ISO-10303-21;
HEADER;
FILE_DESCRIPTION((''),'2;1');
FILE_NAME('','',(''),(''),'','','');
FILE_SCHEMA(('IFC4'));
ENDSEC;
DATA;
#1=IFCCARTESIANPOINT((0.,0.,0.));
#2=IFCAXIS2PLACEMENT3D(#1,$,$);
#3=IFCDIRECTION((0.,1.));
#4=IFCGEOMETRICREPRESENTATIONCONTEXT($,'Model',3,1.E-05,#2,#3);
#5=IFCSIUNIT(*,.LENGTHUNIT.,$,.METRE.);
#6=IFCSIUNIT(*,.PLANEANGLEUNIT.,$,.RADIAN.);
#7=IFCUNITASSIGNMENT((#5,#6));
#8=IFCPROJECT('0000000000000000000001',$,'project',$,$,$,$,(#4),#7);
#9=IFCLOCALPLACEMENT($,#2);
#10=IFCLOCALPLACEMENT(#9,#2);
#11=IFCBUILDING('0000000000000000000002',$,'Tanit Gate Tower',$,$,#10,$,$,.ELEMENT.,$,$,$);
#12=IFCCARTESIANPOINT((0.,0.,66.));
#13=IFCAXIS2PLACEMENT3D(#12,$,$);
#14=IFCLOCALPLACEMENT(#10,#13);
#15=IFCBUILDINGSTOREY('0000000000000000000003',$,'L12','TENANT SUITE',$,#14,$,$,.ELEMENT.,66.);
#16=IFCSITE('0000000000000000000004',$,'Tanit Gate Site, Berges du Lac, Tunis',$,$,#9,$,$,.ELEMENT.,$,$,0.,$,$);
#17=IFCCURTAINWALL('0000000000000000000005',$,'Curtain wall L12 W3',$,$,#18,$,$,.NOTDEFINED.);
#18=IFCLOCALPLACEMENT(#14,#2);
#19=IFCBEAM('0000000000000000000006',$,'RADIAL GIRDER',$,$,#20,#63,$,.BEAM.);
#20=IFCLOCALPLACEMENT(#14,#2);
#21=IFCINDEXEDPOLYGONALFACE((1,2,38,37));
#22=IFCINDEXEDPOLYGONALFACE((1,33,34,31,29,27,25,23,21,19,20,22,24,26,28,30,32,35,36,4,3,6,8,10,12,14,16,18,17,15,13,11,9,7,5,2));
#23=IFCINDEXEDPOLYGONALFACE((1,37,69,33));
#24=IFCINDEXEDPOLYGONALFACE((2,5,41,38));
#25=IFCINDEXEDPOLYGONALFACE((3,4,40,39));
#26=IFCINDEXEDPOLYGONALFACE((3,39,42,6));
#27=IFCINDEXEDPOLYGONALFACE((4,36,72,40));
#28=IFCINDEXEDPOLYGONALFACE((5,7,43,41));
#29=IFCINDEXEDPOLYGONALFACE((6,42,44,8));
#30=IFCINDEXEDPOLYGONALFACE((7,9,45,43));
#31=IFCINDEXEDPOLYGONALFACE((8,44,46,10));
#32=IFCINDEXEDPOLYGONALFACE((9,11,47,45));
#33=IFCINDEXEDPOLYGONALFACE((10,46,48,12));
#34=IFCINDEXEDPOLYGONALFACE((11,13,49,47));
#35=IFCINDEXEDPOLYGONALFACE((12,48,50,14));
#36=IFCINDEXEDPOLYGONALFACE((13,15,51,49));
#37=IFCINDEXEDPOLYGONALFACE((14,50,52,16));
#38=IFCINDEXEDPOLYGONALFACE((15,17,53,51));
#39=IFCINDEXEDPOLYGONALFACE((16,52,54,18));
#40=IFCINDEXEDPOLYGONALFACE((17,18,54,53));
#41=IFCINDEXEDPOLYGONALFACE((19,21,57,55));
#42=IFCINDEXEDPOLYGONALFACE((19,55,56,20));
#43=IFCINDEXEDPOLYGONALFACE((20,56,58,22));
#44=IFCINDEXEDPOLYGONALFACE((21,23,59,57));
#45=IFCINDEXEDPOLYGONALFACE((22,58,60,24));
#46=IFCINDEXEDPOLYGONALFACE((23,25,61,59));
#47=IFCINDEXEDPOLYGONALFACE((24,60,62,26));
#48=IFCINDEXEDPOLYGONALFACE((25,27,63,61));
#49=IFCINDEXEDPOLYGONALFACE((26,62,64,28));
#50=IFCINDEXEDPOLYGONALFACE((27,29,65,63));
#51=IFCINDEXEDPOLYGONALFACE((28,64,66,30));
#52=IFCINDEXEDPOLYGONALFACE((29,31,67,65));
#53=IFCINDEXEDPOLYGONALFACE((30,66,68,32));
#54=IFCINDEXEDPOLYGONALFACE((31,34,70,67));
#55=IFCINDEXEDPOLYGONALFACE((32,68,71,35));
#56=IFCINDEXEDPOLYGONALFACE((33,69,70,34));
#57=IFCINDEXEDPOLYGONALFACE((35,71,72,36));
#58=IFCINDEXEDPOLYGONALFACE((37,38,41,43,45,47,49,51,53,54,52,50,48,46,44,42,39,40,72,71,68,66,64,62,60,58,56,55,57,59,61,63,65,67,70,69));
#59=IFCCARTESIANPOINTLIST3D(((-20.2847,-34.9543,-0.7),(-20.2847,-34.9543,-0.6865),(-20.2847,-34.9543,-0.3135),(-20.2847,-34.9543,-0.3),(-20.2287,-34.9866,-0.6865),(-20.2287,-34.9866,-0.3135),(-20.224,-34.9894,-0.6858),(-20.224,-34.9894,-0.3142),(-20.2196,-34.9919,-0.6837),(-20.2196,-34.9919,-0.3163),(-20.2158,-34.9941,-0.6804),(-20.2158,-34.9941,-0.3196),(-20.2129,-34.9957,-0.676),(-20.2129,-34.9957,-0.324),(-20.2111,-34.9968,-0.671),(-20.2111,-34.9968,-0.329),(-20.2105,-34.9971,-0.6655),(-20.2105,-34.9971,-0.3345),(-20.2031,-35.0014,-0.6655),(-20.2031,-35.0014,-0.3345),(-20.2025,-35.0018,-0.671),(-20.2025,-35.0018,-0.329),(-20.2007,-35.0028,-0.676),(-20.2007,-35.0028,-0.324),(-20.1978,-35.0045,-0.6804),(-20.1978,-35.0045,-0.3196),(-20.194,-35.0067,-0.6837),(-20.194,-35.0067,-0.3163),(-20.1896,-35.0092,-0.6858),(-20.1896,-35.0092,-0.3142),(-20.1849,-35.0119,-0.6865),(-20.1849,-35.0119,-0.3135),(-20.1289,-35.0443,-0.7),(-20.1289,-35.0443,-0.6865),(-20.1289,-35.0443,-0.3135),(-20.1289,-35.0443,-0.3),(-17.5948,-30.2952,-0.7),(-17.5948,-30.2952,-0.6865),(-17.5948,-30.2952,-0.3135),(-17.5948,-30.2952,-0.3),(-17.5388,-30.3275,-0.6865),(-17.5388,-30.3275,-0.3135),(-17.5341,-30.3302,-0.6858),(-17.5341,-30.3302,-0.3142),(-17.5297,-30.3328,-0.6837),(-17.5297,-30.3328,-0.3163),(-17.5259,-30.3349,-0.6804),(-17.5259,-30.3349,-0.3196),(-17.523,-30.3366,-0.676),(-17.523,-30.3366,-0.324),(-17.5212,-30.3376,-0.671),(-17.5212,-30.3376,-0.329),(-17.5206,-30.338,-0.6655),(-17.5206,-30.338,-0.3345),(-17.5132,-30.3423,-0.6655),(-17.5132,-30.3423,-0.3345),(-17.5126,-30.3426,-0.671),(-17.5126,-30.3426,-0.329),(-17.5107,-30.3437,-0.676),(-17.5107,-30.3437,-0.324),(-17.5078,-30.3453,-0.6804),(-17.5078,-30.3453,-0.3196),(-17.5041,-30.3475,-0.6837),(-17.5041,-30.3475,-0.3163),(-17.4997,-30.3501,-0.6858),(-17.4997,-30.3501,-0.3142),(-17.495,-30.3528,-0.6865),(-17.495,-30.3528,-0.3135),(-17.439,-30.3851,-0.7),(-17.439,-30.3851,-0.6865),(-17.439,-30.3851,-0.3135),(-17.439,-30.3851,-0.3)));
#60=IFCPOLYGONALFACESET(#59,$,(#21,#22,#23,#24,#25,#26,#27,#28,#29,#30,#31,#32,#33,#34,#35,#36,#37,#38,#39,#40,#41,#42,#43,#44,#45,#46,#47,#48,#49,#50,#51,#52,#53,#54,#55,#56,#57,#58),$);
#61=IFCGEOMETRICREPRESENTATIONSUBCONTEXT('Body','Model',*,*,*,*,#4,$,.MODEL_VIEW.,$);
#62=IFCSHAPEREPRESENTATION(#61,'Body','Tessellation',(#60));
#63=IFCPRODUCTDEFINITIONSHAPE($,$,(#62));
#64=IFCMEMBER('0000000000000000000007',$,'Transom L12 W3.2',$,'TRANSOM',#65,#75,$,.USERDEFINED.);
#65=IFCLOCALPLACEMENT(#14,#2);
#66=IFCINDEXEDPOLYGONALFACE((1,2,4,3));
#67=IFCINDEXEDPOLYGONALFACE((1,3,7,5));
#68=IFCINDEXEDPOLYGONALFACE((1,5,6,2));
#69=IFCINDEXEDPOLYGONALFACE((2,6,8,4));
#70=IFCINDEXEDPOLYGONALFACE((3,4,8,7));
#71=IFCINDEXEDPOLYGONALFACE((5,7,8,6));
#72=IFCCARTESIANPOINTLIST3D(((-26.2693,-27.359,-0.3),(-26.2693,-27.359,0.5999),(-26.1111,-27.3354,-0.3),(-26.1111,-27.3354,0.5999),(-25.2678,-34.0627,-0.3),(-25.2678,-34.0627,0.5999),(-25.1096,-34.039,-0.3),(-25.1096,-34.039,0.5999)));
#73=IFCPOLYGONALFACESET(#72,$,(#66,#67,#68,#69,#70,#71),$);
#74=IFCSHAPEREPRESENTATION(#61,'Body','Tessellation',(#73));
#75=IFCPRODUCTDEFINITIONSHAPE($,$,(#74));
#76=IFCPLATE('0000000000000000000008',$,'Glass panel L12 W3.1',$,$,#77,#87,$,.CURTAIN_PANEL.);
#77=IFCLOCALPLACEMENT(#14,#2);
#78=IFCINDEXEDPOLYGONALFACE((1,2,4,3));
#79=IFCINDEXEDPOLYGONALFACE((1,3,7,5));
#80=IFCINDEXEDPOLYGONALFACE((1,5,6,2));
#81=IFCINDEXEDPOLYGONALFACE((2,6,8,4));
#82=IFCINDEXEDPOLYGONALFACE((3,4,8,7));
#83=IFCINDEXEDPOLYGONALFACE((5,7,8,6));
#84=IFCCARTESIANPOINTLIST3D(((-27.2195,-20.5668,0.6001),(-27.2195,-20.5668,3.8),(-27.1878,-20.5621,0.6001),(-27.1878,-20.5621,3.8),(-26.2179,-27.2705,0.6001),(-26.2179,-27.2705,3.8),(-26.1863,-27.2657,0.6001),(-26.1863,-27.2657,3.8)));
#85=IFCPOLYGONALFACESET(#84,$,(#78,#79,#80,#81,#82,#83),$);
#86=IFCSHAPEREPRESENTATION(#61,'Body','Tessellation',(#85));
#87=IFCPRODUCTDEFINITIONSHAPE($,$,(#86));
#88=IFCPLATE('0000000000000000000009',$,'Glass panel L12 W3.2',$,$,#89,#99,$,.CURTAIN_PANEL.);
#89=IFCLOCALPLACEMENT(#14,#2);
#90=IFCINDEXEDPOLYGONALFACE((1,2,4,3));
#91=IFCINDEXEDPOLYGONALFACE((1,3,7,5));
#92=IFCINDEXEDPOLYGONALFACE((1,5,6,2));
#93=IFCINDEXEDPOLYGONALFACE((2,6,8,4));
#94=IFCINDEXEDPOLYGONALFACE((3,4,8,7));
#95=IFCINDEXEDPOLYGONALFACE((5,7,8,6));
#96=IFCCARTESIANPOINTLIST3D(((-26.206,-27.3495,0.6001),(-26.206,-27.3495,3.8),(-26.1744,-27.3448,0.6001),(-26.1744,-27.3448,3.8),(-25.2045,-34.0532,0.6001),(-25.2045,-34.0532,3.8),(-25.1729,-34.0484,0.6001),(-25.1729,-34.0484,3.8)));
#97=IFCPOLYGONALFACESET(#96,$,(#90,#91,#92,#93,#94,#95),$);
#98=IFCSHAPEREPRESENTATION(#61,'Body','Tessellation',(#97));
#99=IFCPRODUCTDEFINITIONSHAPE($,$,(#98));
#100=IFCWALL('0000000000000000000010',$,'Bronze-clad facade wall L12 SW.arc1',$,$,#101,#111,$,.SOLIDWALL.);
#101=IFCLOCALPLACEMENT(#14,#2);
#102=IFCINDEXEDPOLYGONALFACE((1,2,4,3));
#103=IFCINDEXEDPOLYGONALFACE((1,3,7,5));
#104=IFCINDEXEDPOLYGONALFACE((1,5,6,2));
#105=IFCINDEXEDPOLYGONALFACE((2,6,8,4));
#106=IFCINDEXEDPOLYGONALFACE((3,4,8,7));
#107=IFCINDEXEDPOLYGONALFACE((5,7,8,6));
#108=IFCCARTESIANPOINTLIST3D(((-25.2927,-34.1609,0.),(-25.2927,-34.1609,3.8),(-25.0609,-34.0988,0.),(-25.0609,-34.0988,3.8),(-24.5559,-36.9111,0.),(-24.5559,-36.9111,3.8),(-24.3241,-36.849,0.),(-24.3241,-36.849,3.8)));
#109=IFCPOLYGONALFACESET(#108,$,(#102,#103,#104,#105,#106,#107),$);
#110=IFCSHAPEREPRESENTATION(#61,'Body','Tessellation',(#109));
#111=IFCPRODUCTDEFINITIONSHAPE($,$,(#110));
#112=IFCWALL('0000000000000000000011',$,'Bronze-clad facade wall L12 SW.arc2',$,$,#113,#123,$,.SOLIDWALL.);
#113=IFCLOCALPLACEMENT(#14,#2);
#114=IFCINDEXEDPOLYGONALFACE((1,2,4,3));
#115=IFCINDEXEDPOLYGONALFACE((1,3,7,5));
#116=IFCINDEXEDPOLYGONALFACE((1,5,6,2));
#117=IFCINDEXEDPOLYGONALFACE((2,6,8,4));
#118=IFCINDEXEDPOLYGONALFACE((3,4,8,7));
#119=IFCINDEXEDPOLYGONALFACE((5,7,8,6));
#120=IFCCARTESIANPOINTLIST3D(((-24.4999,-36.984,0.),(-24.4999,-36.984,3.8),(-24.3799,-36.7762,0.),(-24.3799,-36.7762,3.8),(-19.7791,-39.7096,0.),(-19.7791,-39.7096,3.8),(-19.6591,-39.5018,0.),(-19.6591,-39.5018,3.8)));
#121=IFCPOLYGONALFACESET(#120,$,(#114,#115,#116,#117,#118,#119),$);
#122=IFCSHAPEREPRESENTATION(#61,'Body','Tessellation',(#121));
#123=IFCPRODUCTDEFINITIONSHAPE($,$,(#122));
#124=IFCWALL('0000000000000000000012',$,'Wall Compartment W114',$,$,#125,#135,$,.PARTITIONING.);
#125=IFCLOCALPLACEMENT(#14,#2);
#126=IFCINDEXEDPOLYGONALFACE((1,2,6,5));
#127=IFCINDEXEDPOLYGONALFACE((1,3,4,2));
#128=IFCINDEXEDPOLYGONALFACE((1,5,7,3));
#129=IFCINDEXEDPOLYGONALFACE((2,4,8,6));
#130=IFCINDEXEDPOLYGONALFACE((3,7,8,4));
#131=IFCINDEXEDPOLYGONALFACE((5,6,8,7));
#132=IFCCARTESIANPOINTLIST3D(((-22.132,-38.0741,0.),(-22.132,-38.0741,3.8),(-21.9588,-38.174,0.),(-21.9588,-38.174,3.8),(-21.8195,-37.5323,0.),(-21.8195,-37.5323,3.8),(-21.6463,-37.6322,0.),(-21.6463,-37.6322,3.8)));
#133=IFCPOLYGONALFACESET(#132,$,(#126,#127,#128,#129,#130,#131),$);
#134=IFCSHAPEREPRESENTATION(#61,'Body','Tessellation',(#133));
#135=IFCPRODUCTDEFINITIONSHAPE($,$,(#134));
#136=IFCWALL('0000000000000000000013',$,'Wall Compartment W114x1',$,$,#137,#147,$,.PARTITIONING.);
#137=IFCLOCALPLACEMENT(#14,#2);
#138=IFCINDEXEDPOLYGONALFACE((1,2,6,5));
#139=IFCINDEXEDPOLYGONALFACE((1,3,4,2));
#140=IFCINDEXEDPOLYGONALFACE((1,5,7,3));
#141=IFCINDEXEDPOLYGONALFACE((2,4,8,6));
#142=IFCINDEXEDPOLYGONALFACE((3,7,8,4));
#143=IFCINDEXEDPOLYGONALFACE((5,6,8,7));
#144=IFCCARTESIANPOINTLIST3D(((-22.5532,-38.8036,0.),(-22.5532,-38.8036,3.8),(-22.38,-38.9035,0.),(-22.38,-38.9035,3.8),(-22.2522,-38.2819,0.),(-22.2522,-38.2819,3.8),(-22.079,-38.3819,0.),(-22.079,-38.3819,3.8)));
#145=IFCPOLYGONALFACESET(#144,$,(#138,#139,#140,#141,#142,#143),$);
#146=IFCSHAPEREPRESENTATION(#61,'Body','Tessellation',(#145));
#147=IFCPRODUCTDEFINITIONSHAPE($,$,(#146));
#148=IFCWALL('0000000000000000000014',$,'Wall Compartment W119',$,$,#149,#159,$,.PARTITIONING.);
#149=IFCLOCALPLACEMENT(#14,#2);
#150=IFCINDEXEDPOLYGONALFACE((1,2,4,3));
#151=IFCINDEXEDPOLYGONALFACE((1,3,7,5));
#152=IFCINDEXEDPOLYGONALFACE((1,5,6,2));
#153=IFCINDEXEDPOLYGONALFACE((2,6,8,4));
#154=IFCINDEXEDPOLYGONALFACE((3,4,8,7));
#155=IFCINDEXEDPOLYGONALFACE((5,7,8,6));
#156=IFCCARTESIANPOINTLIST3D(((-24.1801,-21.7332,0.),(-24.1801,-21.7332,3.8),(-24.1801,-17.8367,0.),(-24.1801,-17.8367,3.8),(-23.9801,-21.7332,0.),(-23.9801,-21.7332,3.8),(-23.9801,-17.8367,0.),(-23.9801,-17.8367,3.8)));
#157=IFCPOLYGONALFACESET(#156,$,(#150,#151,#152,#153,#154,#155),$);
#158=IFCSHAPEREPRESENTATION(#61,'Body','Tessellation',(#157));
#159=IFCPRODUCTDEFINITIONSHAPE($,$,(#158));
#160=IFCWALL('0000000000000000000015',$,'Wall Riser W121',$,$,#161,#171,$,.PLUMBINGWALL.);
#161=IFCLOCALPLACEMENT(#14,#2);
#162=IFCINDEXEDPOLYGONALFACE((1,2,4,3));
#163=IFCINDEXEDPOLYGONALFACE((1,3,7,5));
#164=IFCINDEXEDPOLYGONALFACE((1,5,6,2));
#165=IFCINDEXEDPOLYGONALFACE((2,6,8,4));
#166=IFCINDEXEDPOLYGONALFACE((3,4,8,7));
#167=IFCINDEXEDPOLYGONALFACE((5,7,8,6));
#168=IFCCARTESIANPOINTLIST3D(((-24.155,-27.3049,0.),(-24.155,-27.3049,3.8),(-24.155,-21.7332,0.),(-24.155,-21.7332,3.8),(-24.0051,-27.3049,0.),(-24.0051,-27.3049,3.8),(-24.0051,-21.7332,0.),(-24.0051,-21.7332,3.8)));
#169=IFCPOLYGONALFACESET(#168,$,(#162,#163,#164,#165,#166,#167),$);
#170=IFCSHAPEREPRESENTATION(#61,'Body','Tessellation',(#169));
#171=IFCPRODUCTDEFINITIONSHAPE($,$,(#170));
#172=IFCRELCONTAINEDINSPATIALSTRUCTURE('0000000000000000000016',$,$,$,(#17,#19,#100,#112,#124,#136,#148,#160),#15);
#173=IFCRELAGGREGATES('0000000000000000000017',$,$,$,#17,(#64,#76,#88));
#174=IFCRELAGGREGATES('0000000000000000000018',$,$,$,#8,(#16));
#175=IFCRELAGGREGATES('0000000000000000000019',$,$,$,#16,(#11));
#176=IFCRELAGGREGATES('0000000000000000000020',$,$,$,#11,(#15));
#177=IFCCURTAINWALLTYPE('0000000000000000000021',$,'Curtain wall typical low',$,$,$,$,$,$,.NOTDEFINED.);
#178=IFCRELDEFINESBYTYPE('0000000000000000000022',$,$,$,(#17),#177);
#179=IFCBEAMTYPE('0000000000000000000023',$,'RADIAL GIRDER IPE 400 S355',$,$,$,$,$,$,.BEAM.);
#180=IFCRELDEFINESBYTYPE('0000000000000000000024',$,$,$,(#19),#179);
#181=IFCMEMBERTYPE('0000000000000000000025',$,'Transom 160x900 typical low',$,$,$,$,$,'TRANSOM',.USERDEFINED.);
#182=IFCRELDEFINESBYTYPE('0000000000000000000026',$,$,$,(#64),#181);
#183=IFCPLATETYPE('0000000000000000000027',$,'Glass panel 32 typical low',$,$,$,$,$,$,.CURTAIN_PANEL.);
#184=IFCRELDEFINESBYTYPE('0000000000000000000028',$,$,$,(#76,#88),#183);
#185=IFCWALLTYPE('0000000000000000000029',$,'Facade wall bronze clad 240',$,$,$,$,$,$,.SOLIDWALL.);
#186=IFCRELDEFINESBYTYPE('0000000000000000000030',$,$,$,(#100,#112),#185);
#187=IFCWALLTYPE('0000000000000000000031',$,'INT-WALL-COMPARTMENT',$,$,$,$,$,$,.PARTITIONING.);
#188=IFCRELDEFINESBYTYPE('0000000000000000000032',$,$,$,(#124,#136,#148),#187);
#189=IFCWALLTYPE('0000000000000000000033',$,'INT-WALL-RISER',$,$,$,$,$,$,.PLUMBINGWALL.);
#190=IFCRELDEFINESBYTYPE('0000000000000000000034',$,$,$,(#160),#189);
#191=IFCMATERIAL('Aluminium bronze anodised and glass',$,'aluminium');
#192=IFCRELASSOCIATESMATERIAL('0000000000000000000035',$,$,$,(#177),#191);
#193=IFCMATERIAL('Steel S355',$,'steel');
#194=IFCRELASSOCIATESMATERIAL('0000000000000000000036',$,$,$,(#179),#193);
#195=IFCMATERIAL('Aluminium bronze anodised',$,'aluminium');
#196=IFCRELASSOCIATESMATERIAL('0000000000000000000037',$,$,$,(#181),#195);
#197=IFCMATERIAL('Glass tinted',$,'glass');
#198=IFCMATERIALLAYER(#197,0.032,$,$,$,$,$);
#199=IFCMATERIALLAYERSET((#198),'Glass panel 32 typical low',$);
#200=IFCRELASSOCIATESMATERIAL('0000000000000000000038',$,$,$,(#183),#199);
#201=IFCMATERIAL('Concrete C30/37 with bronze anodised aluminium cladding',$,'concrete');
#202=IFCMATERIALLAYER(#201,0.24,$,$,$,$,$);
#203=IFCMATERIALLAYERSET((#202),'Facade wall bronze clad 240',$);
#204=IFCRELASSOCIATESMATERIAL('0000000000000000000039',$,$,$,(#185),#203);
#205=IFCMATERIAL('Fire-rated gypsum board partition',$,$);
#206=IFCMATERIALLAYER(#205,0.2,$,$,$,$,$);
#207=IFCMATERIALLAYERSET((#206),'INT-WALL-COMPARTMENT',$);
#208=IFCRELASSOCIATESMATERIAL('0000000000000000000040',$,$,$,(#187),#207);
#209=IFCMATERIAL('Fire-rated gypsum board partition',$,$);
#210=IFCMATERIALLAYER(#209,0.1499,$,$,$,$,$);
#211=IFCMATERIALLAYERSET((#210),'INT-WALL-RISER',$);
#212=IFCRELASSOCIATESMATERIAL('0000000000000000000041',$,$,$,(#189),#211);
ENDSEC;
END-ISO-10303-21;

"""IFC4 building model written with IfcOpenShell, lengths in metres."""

from ifc_helpers import new_model, si_unit, direction, frame, frame_2d, origin, origin_2d, place, context, subcontext, project, spatial, rectangle, i_section, extrude, material, layer, layer_set, material_profile, profile_set, type_object, element, aggregate, save


model = new_model("IFC4")

# Units and contexts
model_context = context("Model", 3, precision=1e-05, world=origin(), true_north=direction((0.0, 1.0)))
body_context = subcontext(model_context, "Body", "Model", "MODEL_VIEW")
ifc_project = project(units=[si_unit("LENGTHUNIT", "METRE"), si_unit("PLANEANGLEUNIT", "RADIAN")], contexts=[model_context])

# Site, building, storey
site_placement = place(None, origin())
site = spatial("IfcSite", under=ifc_project, at=site_placement, Name="Tanit Gate Site, Berges du Lac, Tunis", CompositionType="ELEMENT", RefElevation=0.0)
building_placement = place(site_placement, origin())
building = spatial("IfcBuilding", under=site, at=building_placement, Name="Tanit Gate Tower", CompositionType="ELEMENT")
storey_placement = place(building_placement, frame((0.0, 0.0, 66.0)))
storey = spatial("IfcBuildingStorey", under=building, at=storey_placement, Name="L12", Description="TENANT SUITE", CompositionType="ELEMENT", Elevation=66.0)

# Curtain wall
ifc_material_1 = material(Name="Aluminium bronze anodised and glass", Category="aluminium")
curtain_wall_type = type_object("IfcCurtainWallType", Name="Curtain wall typical low", PredefinedType="NOTDEFINED", material=ifc_material_1)
curtain_wall_placement = place(storey_placement, origin())
curtain_wall = element("IfcCurtainWall", 1, at=curtain_wall_placement, inside=storey, type_object=curtain_wall_type, Name="Curtain wall L12 W3", PredefinedType="NOTDEFINED")

# Beam
ifc_material_2 = material(Name="Steel S355", Category="steel")
ifc_material_profile_1 = material_profile(ifc_material_2, i_section(OverallWidth=0.1799, OverallDepth=0.3999, WebThickness=0.0085, FlangeThickness=0.0134, FilletRadius=0.021, at=origin_2d()), Name="IPE 400")
ifc_profile_set_1 = profile_set([ifc_material_profile_1], Name="Steel S355")
beam_type_1 = type_object("IfcBeamType", Name="RADIAL GIRDER IPE 400 S355", PredefinedType="BEAM", material=ifc_profile_set_1)
beam_1_placement = place(storey_placement, frame((-20.2068, -34.9993, -0.5), z_axis=(0.499995, 0.866028, 0.0), x_axis=(-0.866028, 0.499995, 0.0)))
element("IfcBeam", 2, at=beam_1_placement, inside=storey, type_object=beam_type_1, Name="RADIAL GIRDER", PredefinedType="BEAM", context=body_context, shape_type="SweptSolid", body=[
    extrude(i_section(OverallWidth=0.1799, OverallDepth=0.3999, WebThickness=0.0085, FlangeThickness=0.0134, FilletRadius=0.021, at=origin_2d()), origin(), (0.0, 0.0, 1.0), 5.3799),
])

# Member
ifc_material_3 = material(Name="Aluminium bronze anodised", Category="aluminium")
ifc_material_profile_2 = material_profile(ifc_material_3, rectangle(XDim=0.1599, YDim=0.8999, at=origin_2d()), Name="160x900 bronze transom")
ifc_profile_set_2 = profile_set([ifc_material_profile_2], Name="Aluminium bronze anodised")
member_type_1 = type_object("IfcMemberType", Name="Transom 160x900 typical low", ElementType="TRANSOM", PredefinedType="USERDEFINED", material=ifc_profile_set_2)
member_1_placement = place(storey_placement, frame((-26.1902, -27.3472, 0.1499), z_axis=(0.147752, -0.989024, 0.0), x_axis=(0.989024, 0.147752, 0.0)))
member_1 = element("IfcMember", 3, at=member_1_placement, type_object=member_type_1, Name="Transom L12 W3.2", ObjectType="TRANSOM", PredefinedType="USERDEFINED", context=body_context, shape_type="SweptSolid", body=[
    extrude(rectangle(XDim=0.1599, YDim=0.8999, at=origin_2d()), origin(), (0.0, 0.0, 1.0), 6.7781),
])

# Plates
ifc_material_4 = material(Name="Glass tinted", Category="glass")
ifc_layer_1 = layer(ifc_material_4, 0.032)
ifc_layer_set_1 = layer_set([ifc_layer_1], Name="Glass panel 32 typical low")
plate_type = type_object("IfcPlateType", Name="Glass panel 32 typical low", PredefinedType="CURTAIN_PANEL", material=ifc_layer_set_1)
plate_1_placement = place(storey_placement, frame((-26.7029, -23.9163, 0.6001), z_axis=(0.0, 0.0, 1.0), x_axis=(0.14776, -0.989023, 0.0)))
plate_1 = element("IfcPlate", 4, at=plate_1_placement, type_object=plate_type, Name="Glass panel L12 W3.1", PredefinedType="CURTAIN_PANEL", context=body_context, shape_type="SweptSolid", body=[
    extrude(rectangle(XDim=6.7781, YDim=0.032, at=origin_2d()), origin(), (0.0, 0.0, 1.0), 3.2),
])
plate_2_placement = place(storey_placement, frame((-25.6895, -30.699, 0.6001), z_axis=(0.0, 0.0, 1.0), x_axis=(0.14776, -0.989023, 0.0)))
plate_2 = element("IfcPlate", 5, at=plate_2_placement, type_object=plate_type, Name="Glass panel L12 W3.2", PredefinedType="CURTAIN_PANEL", context=body_context, shape_type="SweptSolid", body=[
    extrude(rectangle(XDim=6.7781, YDim=0.032, at=origin_2d()), origin(), (0.0, 0.0, 1.0), 3.2),
])
aggregate(curtain_wall, [member_1, plate_1, plate_2])

# Walls
ifc_material_5 = material(Name="Concrete C30/37 with bronze anodised aluminium cladding", Category="concrete")
ifc_layer_2 = layer(ifc_material_5, 0.24)
ifc_layer_set_2 = layer_set([ifc_layer_2], Name="Facade wall bronze clad 240")
wall_type_1 = type_object("IfcWallType", Name="Facade wall bronze clad 240", PredefinedType="SOLIDWALL", material=ifc_layer_set_2)
wall_1_placement = place(storey_placement, frame((-25.1768, -34.1299, 0.0), z_axis=(0.0, 0.0, 1.0), x_axis=(0.258783, -0.965935, 0.0)))
element("IfcWall", 6, at=wall_1_placement, inside=storey, type_object=wall_type_1, Name="Bronze-clad facade wall L12 SW.arc1", PredefinedType="SOLIDWALL", context=body_context, shape_type="SweptSolid", body=[
    extrude(rectangle(XDim=2.8472, YDim=0.24, at=frame_2d((1.4236, 0.0))), origin(), (0.0, 0.0, 1.0), 3.8),
])
wall_2_placement = place(storey_placement, frame((-24.4399, -36.8801, 0.0), z_axis=(0.0, 0.0, 1.0), x_axis=(0.86603, -0.499993, 0.0)))
element("IfcWall", 7, at=wall_2_placement, inside=storey, type_object=wall_type_1, Name="Bronze-clad facade wall L12 SW.arc2", PredefinedType="SOLIDWALL", context=body_context, shape_type="SweptSolid", body=[
    extrude(rectangle(XDim=5.4512, YDim=0.24, at=frame_2d((2.7256, 0.0))), origin(), (0.0, 0.0, 1.0), 3.8),
])
ifc_material_6 = material(Name="Fire-rated gypsum board partition")
ifc_layer_3 = layer(ifc_material_6, 0.2)
ifc_layer_set_3 = layer_set([ifc_layer_3], Name="INT-WALL-COMPARTMENT")
wall_type_2 = type_object("IfcWallType", Name="INT-WALL-COMPARTMENT", PredefinedType="PARTITIONING", material=ifc_layer_set_3)
wall_3_placement = place(storey_placement, frame((-21.7329, -37.5823, 0.0), z_axis=(0.0, 0.0, 1.0), x_axis=(-0.499666, -0.866218, 0.0)))
element("IfcWall", 8, at=wall_3_placement, inside=storey, type_object=wall_type_2, Name="Wall Compartment W114", PredefinedType="PARTITIONING", context=body_context, shape_type="SweptSolid", body=[
    extrude(rectangle(XDim=0.6255, YDim=0.2, at=frame_2d((0.3127, 0.0))), origin(), (0.0, 0.0, 1.0), 3.8),
])
wall_4_placement = place(storey_placement, frame((-22.1655, -38.3318, 0.0), z_axis=(0.0, 0.0, 1.0), x_axis=(-0.499758, -0.866165, 0.0)))
element("IfcWall", 9, at=wall_4_placement, inside=storey, type_object=wall_type_2, Name="Wall Compartment W114x1", PredefinedType="PARTITIONING", context=body_context, shape_type="SweptSolid", body=[
    extrude(rectangle(XDim=0.6023, YDim=0.2, at=frame_2d((0.3013, 0.0))), origin(), (0.0, 0.0, 1.0), 3.8),
])
wall_5_placement = place(storey_placement, frame((-24.0801, -21.7332, 0.0), z_axis=(0.0, 0.0, 1.0), x_axis=(0.0, 1.0, 0.0)))
element("IfcWall", 10, at=wall_5_placement, inside=storey, type_object=wall_type_2, Name="Wall Compartment W119", PredefinedType="PARTITIONING", context=body_context, shape_type="SweptSolid", body=[
    extrude(rectangle(XDim=3.8965, YDim=0.2, at=frame_2d((1.9482, 0.0))), origin(), (0.0, 0.0, 1.0), 3.8),
])
ifc_material_7 = material(Name="Fire-rated gypsum board partition")
ifc_layer_4 = layer(ifc_material_7, 0.1499)
ifc_layer_set_4 = layer_set([ifc_layer_4], Name="INT-WALL-RISER")
wall_type_3 = type_object("IfcWallType", Name="INT-WALL-RISER", PredefinedType="PLUMBINGWALL", material=ifc_layer_set_4)
wall_6_placement = place(storey_placement, frame((-24.0801, -27.3049, 0.0), z_axis=(0.0, 0.0, 1.0), x_axis=(0.0, 1.0, 0.0)))
element("IfcWall", 11, at=wall_6_placement, inside=storey, type_object=wall_type_3, Name="Wall Riser W121", PredefinedType="PLUMBINGWALL", context=body_context, shape_type="SweptSolid", body=[
    extrude(rectangle(XDim=5.5718, YDim=0.1499, at=frame_2d((2.7859, 0.0))), origin(), (0.0, 0.0, 1.0), 3.8),
])

save(model, "model.ifc")
